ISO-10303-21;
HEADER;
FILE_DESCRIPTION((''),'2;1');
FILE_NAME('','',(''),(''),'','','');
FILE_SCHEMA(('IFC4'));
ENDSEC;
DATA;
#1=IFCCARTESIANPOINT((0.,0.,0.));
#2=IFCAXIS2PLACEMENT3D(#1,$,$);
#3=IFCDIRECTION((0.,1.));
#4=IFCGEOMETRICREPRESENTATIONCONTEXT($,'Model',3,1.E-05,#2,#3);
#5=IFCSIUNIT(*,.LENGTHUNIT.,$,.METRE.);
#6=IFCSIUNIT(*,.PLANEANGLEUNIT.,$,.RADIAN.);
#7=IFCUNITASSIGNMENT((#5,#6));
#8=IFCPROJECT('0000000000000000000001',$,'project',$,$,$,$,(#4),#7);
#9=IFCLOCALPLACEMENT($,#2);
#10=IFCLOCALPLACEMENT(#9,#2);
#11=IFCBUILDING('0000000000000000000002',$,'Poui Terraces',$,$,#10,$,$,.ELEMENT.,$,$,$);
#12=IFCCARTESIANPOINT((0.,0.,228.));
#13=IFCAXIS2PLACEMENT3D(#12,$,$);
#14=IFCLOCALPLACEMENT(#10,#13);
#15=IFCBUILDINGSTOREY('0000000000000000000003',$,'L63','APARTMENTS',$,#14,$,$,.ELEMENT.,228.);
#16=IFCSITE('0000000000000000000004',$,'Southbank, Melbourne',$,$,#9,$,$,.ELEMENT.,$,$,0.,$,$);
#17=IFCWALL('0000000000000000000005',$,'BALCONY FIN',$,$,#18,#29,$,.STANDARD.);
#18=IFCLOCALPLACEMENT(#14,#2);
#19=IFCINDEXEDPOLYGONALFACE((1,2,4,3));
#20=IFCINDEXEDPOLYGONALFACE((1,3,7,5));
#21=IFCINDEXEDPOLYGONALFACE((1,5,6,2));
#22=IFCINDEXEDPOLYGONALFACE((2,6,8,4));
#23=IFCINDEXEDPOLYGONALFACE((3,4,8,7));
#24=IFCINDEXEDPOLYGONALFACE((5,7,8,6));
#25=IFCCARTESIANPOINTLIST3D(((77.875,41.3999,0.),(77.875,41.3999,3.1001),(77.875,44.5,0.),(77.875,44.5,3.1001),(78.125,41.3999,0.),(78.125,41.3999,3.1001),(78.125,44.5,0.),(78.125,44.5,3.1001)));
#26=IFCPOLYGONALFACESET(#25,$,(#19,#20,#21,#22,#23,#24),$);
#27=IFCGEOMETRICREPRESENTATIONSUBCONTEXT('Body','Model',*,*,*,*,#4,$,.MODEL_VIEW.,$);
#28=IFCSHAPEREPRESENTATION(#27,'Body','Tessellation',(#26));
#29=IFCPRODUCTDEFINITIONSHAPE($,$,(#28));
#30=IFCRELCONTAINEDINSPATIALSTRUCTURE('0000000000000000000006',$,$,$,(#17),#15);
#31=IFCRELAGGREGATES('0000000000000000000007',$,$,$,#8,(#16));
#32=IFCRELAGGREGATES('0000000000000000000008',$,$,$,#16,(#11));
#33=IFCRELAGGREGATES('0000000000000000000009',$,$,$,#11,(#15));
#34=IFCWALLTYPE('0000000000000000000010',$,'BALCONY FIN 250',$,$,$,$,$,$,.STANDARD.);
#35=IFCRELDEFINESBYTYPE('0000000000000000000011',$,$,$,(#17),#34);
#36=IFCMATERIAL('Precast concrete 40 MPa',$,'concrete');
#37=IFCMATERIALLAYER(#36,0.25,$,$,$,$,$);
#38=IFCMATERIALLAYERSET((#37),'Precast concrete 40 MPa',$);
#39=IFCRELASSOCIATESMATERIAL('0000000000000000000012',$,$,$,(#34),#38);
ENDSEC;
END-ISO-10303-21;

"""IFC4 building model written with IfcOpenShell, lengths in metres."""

from ifc_helpers import new_model, si_unit, direction, frame, origin, place, context, subcontext, project, spatial, polyline, outline, extrude, source, transform, mapped, material, layer, layer_set, type_object, element, save


model = new_model("IFC4")

# Units and contexts
model_context = context("Model", 3, precision=1e-05, world=origin(), true_north=direction((0.0, 1.0)))
body_context = subcontext(model_context, "Body", "Model", "MODEL_VIEW")
ifc_project = project(units=[si_unit("LENGTHUNIT", "METRE"), si_unit("PLANEANGLEUNIT", "RADIAN")], contexts=[model_context])

# Site, building, storey
site_placement = place(None, origin())
site = spatial("IfcSite", under=ifc_project, at=site_placement, Name="Southbank, Melbourne", CompositionType="ELEMENT", RefElevation=0.0)
building_placement = place(site_placement, origin())
building = spatial("IfcBuilding", under=site, at=building_placement, Name="Poui Terraces", CompositionType="ELEMENT")
storey_placement = place(building_placement, frame((0.0, 0.0, 228.0)))
storey = spatial("IfcBuildingStorey", under=building, at=storey_placement, Name="L63", Description="APARTMENTS", CompositionType="ELEMENT", Elevation=228.0)

# Shared definitions
ifc_material_1 = material(Name="Precast concrete 40 MPa", Category="concrete")

# Wall
ifc_layer_1 = layer(ifc_material_1, 0.25)
ifc_layer_set_1 = layer_set([ifc_layer_1], Name="Precast concrete 40 MPa")
wall_type_1 = type_object("IfcWallType", Name="BALCONY FIN 250", PredefinedType="STANDARD", material=ifc_layer_set_1)
shared_shape_1 = source(origin(), body_context, "Body", "SweptSolid", [
    extrude(outline(polyline([(0.0, 0.0), (0.25, 0.0), (0.25, 3.1001), (0.0, 3.1001), (0.0, 0.0)])), origin(), (0.0, 0.0, 1.0), 3.1001),
])
wall_1_placement = place(storey_placement, frame((77.875, 41.3999, 0.0)))
element("IfcWall", 1, at=wall_1_placement, inside=storey, type_object=wall_type_1, Name="BALCONY FIN", PredefinedType="STANDARD", context=body_context, shape_type="MappedRepresentation", body=[
    mapped(shared_shape_1, transform((0.0, 0.0, 0.0))),
])

save(model, "model.ifc")
